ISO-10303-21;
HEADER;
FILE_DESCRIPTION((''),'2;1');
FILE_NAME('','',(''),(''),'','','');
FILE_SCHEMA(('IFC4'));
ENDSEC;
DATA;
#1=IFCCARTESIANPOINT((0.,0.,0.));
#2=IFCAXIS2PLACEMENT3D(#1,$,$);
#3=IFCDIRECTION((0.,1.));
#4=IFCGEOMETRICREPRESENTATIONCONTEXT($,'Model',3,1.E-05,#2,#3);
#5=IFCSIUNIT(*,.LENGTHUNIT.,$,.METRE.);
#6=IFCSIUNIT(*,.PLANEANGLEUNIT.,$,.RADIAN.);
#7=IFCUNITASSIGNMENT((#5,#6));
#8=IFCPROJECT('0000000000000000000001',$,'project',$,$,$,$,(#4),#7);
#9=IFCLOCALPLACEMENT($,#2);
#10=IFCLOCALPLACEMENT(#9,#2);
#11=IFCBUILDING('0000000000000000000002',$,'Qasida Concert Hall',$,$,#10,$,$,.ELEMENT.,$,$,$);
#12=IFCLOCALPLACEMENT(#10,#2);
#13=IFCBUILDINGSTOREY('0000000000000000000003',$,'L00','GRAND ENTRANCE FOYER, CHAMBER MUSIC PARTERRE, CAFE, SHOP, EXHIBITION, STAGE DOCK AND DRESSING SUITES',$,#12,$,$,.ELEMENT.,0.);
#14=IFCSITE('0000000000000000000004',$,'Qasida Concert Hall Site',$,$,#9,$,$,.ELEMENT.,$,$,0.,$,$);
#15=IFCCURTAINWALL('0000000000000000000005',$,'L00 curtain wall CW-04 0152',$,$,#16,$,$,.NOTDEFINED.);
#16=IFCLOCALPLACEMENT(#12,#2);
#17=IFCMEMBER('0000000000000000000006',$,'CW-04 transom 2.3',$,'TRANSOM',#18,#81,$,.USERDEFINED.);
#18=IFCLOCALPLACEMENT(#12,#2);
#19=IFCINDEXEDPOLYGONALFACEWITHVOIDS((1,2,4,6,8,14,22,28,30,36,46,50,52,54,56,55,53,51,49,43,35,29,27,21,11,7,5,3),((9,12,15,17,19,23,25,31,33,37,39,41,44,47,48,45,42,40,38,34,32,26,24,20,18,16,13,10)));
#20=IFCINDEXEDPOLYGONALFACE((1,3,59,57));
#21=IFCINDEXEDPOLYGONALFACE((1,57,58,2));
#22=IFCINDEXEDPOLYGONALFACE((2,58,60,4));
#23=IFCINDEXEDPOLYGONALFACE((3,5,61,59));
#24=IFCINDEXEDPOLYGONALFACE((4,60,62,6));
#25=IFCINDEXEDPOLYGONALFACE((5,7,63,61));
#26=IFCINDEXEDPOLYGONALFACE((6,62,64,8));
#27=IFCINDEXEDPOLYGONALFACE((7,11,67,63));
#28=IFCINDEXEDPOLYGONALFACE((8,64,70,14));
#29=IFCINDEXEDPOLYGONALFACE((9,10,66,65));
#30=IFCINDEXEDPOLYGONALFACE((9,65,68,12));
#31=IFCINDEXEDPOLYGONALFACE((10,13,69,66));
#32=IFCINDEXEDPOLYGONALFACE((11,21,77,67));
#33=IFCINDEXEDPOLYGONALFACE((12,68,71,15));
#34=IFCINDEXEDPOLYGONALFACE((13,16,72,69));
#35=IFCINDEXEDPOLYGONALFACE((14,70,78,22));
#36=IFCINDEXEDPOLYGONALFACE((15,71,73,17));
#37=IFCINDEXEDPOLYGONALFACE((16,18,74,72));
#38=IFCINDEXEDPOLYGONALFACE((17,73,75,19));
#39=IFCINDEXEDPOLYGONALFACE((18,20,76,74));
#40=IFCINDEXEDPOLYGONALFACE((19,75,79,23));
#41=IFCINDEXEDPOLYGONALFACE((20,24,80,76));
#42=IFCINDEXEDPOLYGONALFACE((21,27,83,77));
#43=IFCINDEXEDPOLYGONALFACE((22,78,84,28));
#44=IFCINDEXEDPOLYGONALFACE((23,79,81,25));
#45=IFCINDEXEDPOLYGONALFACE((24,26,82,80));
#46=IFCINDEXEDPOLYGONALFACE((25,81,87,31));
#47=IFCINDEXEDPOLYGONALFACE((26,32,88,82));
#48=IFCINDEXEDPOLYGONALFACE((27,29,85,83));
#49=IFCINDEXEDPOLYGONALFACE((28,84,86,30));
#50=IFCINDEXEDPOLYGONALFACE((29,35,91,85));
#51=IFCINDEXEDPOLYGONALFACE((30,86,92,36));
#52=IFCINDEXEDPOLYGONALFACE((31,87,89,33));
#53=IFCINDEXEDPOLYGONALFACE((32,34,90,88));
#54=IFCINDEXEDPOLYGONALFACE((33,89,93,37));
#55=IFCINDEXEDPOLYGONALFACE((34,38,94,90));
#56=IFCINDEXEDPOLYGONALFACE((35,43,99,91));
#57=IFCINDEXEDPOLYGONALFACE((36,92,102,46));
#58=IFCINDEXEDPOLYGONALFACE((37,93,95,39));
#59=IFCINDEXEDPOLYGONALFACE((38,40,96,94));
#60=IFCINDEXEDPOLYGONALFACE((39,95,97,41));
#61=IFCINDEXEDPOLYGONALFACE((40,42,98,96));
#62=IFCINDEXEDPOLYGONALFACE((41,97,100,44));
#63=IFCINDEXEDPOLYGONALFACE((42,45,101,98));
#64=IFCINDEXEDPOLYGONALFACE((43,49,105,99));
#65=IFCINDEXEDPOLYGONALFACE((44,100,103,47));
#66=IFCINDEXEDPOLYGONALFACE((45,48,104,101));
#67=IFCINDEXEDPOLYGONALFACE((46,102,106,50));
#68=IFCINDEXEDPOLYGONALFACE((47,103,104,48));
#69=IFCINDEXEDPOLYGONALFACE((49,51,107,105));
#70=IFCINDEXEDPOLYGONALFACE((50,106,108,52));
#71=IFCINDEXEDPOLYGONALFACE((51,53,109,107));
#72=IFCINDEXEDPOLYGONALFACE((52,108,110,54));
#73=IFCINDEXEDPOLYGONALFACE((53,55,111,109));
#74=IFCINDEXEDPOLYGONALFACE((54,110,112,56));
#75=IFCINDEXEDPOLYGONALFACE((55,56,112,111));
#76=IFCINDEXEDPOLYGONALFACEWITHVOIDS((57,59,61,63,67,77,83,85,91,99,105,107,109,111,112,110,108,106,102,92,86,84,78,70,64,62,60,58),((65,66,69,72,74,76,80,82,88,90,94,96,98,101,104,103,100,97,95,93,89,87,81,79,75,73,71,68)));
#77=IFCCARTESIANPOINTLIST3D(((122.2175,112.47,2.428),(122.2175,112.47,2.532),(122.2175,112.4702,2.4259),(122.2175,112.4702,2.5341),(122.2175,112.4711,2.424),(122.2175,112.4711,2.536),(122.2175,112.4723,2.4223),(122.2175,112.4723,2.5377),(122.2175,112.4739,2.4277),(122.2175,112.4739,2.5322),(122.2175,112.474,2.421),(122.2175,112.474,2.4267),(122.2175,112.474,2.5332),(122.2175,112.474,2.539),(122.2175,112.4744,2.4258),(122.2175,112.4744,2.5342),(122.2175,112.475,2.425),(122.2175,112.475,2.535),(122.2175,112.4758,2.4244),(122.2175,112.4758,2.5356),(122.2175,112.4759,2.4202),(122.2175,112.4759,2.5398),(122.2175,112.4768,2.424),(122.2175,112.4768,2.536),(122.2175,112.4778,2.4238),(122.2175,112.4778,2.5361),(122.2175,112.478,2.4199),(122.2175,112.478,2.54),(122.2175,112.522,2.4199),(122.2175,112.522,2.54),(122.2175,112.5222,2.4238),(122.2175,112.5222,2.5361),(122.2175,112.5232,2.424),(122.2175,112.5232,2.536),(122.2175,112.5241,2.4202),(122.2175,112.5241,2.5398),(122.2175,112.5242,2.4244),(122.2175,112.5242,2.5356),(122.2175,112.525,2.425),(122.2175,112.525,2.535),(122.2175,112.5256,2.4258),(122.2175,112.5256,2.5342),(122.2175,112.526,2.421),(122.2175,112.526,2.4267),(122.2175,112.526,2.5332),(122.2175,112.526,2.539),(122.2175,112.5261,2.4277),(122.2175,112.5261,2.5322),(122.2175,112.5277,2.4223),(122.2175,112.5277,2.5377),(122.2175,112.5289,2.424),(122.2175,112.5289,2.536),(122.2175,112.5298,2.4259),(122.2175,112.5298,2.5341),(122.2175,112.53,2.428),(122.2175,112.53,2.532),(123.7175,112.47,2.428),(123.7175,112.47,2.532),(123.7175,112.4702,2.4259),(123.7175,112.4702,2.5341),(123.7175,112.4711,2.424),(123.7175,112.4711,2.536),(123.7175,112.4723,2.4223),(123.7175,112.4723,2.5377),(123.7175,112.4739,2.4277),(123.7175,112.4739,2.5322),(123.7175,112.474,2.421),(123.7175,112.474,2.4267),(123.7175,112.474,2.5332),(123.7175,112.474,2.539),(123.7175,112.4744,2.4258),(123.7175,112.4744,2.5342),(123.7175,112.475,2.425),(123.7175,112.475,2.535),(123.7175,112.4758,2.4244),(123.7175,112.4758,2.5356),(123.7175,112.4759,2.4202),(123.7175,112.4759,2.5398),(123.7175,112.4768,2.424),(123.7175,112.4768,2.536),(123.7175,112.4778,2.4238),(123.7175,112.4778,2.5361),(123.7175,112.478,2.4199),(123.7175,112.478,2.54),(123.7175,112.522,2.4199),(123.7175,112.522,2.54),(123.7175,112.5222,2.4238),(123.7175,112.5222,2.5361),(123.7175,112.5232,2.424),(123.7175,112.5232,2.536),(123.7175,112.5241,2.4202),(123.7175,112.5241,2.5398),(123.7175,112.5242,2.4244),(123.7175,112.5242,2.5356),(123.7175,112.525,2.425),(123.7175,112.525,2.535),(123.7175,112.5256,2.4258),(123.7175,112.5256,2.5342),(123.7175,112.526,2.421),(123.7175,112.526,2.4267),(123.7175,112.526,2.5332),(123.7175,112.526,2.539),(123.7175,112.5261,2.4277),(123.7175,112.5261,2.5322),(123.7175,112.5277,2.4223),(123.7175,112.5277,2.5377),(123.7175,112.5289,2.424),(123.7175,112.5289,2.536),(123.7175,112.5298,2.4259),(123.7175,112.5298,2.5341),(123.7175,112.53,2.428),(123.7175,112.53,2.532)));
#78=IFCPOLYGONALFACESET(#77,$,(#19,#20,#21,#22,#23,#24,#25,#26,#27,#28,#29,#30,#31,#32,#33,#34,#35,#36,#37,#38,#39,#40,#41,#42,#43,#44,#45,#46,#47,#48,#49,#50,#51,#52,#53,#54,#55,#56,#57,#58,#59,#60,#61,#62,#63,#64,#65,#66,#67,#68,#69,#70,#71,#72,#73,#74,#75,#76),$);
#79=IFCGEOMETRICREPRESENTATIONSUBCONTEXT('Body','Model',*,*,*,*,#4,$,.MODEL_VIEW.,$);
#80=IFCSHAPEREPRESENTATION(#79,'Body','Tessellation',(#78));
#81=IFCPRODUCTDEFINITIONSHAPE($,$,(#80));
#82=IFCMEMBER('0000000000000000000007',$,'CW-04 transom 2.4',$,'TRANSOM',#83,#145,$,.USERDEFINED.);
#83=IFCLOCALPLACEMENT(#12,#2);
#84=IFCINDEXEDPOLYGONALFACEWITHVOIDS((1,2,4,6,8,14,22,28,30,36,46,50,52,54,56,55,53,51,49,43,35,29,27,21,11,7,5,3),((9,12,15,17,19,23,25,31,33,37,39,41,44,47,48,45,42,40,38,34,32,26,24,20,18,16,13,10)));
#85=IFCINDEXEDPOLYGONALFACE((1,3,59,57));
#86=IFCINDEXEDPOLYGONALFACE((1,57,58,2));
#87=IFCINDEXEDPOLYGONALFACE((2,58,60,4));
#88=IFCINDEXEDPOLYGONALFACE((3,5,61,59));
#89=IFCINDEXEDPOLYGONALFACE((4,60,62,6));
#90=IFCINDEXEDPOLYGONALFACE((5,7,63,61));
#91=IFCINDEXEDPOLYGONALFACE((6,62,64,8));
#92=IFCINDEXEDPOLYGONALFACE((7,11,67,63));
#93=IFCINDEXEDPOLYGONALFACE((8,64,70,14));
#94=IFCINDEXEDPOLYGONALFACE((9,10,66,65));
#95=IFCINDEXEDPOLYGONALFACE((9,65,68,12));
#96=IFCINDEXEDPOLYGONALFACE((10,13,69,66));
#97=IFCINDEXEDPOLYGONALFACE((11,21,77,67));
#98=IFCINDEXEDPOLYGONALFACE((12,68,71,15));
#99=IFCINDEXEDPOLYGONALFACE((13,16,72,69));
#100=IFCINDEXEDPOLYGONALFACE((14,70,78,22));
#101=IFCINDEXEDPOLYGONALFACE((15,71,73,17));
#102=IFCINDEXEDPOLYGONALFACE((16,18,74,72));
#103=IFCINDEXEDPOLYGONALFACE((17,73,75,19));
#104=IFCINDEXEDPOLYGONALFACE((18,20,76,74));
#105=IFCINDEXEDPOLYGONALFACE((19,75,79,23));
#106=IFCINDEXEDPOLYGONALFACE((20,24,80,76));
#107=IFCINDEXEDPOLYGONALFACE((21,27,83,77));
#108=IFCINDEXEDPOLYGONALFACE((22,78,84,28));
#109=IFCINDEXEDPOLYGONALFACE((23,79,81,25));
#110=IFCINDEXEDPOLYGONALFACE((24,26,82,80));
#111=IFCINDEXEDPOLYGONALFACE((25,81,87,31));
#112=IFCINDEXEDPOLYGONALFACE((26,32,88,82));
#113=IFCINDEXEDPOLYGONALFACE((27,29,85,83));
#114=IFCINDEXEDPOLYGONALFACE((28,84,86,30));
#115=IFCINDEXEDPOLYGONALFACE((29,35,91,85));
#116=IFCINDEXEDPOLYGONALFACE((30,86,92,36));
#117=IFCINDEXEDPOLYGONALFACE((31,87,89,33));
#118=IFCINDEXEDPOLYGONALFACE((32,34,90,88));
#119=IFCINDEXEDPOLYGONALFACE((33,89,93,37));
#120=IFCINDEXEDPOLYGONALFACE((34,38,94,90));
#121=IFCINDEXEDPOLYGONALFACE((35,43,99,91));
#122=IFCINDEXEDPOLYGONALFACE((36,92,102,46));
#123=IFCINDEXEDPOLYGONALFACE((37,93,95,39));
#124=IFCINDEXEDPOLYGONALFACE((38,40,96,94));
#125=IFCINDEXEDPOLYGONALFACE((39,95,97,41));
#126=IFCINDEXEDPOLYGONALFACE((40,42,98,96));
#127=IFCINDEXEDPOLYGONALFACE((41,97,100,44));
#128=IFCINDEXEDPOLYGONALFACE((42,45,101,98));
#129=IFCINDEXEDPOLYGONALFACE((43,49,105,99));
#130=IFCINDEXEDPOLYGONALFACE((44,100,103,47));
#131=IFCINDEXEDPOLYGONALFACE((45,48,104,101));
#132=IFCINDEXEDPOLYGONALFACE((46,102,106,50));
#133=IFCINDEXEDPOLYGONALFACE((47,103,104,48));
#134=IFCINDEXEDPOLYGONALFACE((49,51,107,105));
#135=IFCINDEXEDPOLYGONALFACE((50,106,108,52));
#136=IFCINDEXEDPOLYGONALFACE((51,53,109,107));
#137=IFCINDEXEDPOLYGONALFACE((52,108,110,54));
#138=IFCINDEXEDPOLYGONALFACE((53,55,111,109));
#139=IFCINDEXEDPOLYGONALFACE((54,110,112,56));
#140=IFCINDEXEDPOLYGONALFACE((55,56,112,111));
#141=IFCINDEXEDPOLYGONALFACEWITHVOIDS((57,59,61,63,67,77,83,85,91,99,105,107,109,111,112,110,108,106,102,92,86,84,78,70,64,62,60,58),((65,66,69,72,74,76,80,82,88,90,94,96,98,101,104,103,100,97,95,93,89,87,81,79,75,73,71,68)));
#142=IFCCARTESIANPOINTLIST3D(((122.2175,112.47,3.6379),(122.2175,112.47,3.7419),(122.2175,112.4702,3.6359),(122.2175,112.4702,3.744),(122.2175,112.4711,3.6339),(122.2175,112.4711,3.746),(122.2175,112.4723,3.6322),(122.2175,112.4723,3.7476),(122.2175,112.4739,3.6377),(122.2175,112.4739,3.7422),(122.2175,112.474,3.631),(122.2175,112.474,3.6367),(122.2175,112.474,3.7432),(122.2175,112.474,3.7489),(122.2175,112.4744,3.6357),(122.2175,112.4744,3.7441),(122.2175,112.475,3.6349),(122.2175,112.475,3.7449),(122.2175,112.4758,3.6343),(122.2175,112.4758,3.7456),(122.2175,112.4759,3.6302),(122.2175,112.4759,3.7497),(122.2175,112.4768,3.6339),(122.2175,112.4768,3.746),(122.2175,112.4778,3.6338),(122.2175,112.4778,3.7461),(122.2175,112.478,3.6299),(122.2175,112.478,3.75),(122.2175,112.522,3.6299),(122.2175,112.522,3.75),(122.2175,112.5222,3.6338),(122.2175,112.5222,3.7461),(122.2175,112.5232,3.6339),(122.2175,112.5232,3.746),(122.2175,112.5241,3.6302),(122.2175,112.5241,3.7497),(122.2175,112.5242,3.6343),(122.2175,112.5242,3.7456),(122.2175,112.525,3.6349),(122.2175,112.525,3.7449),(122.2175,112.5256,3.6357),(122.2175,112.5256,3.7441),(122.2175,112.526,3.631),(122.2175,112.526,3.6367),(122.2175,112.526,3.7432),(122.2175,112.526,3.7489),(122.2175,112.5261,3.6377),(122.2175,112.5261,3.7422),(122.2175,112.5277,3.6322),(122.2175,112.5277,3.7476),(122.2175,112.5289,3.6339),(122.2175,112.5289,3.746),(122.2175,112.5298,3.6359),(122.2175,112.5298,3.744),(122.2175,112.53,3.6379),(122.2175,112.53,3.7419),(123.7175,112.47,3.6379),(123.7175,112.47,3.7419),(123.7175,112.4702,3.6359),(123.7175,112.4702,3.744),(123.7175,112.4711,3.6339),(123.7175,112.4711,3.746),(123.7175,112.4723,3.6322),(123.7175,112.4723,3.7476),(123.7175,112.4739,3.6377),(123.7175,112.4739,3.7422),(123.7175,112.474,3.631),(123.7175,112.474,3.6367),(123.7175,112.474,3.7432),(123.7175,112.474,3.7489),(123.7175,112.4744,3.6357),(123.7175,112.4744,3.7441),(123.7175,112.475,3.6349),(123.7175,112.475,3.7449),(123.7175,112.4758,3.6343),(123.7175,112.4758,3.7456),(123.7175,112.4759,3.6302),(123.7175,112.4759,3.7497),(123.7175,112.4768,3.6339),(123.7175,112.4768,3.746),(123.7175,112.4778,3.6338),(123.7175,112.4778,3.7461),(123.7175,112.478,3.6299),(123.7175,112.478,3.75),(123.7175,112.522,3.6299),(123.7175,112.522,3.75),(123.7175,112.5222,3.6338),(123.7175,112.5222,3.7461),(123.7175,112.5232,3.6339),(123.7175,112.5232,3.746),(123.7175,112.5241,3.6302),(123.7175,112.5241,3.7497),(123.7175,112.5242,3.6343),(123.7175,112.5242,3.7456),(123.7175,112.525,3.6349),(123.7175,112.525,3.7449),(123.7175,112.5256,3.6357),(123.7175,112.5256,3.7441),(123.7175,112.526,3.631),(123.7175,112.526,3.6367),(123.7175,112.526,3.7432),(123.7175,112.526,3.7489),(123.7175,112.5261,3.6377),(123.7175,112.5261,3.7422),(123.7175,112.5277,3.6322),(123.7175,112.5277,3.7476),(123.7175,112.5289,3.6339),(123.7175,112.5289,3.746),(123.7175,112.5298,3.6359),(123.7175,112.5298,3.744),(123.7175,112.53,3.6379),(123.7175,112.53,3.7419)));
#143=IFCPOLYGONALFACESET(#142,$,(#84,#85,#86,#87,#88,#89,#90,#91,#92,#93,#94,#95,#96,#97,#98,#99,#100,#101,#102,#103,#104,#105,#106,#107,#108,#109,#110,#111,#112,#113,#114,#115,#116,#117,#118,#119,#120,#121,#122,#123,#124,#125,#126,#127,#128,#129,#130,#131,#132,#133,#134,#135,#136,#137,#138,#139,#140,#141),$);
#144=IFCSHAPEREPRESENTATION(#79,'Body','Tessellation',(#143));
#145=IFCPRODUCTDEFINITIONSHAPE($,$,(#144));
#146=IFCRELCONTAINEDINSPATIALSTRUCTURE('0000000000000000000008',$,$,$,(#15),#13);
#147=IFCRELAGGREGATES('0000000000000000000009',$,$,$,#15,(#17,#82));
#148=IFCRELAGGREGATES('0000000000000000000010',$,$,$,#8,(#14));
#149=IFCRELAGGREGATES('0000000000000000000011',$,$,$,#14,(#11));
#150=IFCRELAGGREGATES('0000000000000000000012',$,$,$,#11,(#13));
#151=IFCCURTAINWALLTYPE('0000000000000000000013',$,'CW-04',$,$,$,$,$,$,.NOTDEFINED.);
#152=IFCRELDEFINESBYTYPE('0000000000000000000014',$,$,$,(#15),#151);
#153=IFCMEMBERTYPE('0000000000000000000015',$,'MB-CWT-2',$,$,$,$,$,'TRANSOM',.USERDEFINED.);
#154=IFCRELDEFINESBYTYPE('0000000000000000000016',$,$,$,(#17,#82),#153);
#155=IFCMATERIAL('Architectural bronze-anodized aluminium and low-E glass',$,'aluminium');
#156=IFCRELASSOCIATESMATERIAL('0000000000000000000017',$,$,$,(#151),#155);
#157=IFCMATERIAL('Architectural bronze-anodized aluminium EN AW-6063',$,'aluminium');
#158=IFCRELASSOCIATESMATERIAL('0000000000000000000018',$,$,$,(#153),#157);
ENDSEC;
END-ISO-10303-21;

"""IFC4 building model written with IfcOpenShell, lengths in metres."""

from ifc_helpers import new_model, si_unit, direction, frame, origin, origin_2d, place, context, subcontext, project, spatial, hollow_rectangle, extrude, material, material_profile, profile_set, type_object, element, aggregate, save


model = new_model("IFC4")

# Units and contexts
model_context = context("Model", 3, precision=1e-05, world=origin(), true_north=direction((0.0, 1.0)))
body_context = subcontext(model_context, "Body", "Model", "MODEL_VIEW")
ifc_project = project(units=[si_unit("LENGTHUNIT", "METRE"), si_unit("PLANEANGLEUNIT", "RADIAN")], contexts=[model_context])

# Site, building, storey
site_placement = place(None, origin())
site = spatial("IfcSite", under=ifc_project, at=site_placement, Name="Qasida Concert Hall Site", CompositionType="ELEMENT", RefElevation=0.0)
building_placement = place(site_placement, origin())
building = spatial("IfcBuilding", under=site, at=building_placement, Name="Qasida Concert Hall", CompositionType="ELEMENT")
storey_placement = place(building_placement, origin())
storey = spatial("IfcBuildingStorey", under=building, at=storey_placement, Name="L00", Description="GRAND ENTRANCE FOYER, CHAMBER MUSIC PARTERRE, CAFE, SHOP, EXHIBITION, STAGE DOCK AND DRESSING SUITES", CompositionType="ELEMENT", Elevation=0.0)

# Curtain wall, members
ifc_material_1 = material(Name="Architectural bronze-anodized aluminium and low-E glass", Category="aluminium")
curtain_wall_type = type_object("IfcCurtainWallType", Name="CW-04", PredefinedType="NOTDEFINED", material=ifc_material_1)
curtain_wall_placement = place(storey_placement, origin())
curtain_wall = element("IfcCurtainWall", 1, at=curtain_wall_placement, inside=storey, type_object=curtain_wall_type, Name="L00 curtain wall CW-04 0152", PredefinedType="NOTDEFINED")
ifc_material_2 = material(Name="Architectural bronze-anodized aluminium EN AW-6063", Category="aluminium")
ifc_material_profile_1 = material_profile(ifc_material_2, hollow_rectangle(XDim=0.0601, YDim=0.1201, WallThickness=0.0039, InnerFilletRadius=0.0039, OuterFilletRadius=0.0081, at=origin_2d()), Name="CWT 120x60x4")
ifc_profile_set_1 = profile_set([ifc_material_profile_1], Name="Architectural bronze-anodized aluminium EN AW-6063")
member_type_1 = type_object("IfcMemberType", Name="MB-CWT-2", ElementType="TRANSOM", PredefinedType="USERDEFINED", material=ifc_profile_set_1)
member_1_placement = place(storey_placement, frame((122.2175, 112.5, 2.48), z_axis=(1.0, 0.0, 0.0), x_axis=(0.0, 1.0, 0.0)))
member_1 = element("IfcMember", 2, at=member_1_placement, type_object=member_type_1, Name="CW-04 transom 2.3", ObjectType="TRANSOM", PredefinedType="USERDEFINED", context=body_context, shape_type="SweptSolid", body=[
    extrude(hollow_rectangle(XDim=0.0601, YDim=0.1201, WallThickness=0.0039, InnerFilletRadius=0.0039, OuterFilletRadius=0.0081, at=origin_2d()), origin(), (0.0, 0.0, 1.0), 1.5),
])
member_2_placement = place(storey_placement, frame((122.2175, 112.5, 3.6899), z_axis=(1.0, 0.0, 0.0), x_axis=(0.0, 1.0, 0.0)))
member_2 = element("IfcMember", 3, at=member_2_placement, type_object=member_type_1, Name="CW-04 transom 2.4", ObjectType="TRANSOM", PredefinedType="USERDEFINED", context=body_context, shape_type="SweptSolid", body=[
    extrude(hollow_rectangle(XDim=0.0601, YDim=0.1201, WallThickness=0.0039, InnerFilletRadius=0.0039, OuterFilletRadius=0.0081, at=origin_2d()), origin(), (0.0, 0.0, 1.0), 1.5),
])
aggregate(curtain_wall, [member_1, member_2])

save(model, "model.ifc")
